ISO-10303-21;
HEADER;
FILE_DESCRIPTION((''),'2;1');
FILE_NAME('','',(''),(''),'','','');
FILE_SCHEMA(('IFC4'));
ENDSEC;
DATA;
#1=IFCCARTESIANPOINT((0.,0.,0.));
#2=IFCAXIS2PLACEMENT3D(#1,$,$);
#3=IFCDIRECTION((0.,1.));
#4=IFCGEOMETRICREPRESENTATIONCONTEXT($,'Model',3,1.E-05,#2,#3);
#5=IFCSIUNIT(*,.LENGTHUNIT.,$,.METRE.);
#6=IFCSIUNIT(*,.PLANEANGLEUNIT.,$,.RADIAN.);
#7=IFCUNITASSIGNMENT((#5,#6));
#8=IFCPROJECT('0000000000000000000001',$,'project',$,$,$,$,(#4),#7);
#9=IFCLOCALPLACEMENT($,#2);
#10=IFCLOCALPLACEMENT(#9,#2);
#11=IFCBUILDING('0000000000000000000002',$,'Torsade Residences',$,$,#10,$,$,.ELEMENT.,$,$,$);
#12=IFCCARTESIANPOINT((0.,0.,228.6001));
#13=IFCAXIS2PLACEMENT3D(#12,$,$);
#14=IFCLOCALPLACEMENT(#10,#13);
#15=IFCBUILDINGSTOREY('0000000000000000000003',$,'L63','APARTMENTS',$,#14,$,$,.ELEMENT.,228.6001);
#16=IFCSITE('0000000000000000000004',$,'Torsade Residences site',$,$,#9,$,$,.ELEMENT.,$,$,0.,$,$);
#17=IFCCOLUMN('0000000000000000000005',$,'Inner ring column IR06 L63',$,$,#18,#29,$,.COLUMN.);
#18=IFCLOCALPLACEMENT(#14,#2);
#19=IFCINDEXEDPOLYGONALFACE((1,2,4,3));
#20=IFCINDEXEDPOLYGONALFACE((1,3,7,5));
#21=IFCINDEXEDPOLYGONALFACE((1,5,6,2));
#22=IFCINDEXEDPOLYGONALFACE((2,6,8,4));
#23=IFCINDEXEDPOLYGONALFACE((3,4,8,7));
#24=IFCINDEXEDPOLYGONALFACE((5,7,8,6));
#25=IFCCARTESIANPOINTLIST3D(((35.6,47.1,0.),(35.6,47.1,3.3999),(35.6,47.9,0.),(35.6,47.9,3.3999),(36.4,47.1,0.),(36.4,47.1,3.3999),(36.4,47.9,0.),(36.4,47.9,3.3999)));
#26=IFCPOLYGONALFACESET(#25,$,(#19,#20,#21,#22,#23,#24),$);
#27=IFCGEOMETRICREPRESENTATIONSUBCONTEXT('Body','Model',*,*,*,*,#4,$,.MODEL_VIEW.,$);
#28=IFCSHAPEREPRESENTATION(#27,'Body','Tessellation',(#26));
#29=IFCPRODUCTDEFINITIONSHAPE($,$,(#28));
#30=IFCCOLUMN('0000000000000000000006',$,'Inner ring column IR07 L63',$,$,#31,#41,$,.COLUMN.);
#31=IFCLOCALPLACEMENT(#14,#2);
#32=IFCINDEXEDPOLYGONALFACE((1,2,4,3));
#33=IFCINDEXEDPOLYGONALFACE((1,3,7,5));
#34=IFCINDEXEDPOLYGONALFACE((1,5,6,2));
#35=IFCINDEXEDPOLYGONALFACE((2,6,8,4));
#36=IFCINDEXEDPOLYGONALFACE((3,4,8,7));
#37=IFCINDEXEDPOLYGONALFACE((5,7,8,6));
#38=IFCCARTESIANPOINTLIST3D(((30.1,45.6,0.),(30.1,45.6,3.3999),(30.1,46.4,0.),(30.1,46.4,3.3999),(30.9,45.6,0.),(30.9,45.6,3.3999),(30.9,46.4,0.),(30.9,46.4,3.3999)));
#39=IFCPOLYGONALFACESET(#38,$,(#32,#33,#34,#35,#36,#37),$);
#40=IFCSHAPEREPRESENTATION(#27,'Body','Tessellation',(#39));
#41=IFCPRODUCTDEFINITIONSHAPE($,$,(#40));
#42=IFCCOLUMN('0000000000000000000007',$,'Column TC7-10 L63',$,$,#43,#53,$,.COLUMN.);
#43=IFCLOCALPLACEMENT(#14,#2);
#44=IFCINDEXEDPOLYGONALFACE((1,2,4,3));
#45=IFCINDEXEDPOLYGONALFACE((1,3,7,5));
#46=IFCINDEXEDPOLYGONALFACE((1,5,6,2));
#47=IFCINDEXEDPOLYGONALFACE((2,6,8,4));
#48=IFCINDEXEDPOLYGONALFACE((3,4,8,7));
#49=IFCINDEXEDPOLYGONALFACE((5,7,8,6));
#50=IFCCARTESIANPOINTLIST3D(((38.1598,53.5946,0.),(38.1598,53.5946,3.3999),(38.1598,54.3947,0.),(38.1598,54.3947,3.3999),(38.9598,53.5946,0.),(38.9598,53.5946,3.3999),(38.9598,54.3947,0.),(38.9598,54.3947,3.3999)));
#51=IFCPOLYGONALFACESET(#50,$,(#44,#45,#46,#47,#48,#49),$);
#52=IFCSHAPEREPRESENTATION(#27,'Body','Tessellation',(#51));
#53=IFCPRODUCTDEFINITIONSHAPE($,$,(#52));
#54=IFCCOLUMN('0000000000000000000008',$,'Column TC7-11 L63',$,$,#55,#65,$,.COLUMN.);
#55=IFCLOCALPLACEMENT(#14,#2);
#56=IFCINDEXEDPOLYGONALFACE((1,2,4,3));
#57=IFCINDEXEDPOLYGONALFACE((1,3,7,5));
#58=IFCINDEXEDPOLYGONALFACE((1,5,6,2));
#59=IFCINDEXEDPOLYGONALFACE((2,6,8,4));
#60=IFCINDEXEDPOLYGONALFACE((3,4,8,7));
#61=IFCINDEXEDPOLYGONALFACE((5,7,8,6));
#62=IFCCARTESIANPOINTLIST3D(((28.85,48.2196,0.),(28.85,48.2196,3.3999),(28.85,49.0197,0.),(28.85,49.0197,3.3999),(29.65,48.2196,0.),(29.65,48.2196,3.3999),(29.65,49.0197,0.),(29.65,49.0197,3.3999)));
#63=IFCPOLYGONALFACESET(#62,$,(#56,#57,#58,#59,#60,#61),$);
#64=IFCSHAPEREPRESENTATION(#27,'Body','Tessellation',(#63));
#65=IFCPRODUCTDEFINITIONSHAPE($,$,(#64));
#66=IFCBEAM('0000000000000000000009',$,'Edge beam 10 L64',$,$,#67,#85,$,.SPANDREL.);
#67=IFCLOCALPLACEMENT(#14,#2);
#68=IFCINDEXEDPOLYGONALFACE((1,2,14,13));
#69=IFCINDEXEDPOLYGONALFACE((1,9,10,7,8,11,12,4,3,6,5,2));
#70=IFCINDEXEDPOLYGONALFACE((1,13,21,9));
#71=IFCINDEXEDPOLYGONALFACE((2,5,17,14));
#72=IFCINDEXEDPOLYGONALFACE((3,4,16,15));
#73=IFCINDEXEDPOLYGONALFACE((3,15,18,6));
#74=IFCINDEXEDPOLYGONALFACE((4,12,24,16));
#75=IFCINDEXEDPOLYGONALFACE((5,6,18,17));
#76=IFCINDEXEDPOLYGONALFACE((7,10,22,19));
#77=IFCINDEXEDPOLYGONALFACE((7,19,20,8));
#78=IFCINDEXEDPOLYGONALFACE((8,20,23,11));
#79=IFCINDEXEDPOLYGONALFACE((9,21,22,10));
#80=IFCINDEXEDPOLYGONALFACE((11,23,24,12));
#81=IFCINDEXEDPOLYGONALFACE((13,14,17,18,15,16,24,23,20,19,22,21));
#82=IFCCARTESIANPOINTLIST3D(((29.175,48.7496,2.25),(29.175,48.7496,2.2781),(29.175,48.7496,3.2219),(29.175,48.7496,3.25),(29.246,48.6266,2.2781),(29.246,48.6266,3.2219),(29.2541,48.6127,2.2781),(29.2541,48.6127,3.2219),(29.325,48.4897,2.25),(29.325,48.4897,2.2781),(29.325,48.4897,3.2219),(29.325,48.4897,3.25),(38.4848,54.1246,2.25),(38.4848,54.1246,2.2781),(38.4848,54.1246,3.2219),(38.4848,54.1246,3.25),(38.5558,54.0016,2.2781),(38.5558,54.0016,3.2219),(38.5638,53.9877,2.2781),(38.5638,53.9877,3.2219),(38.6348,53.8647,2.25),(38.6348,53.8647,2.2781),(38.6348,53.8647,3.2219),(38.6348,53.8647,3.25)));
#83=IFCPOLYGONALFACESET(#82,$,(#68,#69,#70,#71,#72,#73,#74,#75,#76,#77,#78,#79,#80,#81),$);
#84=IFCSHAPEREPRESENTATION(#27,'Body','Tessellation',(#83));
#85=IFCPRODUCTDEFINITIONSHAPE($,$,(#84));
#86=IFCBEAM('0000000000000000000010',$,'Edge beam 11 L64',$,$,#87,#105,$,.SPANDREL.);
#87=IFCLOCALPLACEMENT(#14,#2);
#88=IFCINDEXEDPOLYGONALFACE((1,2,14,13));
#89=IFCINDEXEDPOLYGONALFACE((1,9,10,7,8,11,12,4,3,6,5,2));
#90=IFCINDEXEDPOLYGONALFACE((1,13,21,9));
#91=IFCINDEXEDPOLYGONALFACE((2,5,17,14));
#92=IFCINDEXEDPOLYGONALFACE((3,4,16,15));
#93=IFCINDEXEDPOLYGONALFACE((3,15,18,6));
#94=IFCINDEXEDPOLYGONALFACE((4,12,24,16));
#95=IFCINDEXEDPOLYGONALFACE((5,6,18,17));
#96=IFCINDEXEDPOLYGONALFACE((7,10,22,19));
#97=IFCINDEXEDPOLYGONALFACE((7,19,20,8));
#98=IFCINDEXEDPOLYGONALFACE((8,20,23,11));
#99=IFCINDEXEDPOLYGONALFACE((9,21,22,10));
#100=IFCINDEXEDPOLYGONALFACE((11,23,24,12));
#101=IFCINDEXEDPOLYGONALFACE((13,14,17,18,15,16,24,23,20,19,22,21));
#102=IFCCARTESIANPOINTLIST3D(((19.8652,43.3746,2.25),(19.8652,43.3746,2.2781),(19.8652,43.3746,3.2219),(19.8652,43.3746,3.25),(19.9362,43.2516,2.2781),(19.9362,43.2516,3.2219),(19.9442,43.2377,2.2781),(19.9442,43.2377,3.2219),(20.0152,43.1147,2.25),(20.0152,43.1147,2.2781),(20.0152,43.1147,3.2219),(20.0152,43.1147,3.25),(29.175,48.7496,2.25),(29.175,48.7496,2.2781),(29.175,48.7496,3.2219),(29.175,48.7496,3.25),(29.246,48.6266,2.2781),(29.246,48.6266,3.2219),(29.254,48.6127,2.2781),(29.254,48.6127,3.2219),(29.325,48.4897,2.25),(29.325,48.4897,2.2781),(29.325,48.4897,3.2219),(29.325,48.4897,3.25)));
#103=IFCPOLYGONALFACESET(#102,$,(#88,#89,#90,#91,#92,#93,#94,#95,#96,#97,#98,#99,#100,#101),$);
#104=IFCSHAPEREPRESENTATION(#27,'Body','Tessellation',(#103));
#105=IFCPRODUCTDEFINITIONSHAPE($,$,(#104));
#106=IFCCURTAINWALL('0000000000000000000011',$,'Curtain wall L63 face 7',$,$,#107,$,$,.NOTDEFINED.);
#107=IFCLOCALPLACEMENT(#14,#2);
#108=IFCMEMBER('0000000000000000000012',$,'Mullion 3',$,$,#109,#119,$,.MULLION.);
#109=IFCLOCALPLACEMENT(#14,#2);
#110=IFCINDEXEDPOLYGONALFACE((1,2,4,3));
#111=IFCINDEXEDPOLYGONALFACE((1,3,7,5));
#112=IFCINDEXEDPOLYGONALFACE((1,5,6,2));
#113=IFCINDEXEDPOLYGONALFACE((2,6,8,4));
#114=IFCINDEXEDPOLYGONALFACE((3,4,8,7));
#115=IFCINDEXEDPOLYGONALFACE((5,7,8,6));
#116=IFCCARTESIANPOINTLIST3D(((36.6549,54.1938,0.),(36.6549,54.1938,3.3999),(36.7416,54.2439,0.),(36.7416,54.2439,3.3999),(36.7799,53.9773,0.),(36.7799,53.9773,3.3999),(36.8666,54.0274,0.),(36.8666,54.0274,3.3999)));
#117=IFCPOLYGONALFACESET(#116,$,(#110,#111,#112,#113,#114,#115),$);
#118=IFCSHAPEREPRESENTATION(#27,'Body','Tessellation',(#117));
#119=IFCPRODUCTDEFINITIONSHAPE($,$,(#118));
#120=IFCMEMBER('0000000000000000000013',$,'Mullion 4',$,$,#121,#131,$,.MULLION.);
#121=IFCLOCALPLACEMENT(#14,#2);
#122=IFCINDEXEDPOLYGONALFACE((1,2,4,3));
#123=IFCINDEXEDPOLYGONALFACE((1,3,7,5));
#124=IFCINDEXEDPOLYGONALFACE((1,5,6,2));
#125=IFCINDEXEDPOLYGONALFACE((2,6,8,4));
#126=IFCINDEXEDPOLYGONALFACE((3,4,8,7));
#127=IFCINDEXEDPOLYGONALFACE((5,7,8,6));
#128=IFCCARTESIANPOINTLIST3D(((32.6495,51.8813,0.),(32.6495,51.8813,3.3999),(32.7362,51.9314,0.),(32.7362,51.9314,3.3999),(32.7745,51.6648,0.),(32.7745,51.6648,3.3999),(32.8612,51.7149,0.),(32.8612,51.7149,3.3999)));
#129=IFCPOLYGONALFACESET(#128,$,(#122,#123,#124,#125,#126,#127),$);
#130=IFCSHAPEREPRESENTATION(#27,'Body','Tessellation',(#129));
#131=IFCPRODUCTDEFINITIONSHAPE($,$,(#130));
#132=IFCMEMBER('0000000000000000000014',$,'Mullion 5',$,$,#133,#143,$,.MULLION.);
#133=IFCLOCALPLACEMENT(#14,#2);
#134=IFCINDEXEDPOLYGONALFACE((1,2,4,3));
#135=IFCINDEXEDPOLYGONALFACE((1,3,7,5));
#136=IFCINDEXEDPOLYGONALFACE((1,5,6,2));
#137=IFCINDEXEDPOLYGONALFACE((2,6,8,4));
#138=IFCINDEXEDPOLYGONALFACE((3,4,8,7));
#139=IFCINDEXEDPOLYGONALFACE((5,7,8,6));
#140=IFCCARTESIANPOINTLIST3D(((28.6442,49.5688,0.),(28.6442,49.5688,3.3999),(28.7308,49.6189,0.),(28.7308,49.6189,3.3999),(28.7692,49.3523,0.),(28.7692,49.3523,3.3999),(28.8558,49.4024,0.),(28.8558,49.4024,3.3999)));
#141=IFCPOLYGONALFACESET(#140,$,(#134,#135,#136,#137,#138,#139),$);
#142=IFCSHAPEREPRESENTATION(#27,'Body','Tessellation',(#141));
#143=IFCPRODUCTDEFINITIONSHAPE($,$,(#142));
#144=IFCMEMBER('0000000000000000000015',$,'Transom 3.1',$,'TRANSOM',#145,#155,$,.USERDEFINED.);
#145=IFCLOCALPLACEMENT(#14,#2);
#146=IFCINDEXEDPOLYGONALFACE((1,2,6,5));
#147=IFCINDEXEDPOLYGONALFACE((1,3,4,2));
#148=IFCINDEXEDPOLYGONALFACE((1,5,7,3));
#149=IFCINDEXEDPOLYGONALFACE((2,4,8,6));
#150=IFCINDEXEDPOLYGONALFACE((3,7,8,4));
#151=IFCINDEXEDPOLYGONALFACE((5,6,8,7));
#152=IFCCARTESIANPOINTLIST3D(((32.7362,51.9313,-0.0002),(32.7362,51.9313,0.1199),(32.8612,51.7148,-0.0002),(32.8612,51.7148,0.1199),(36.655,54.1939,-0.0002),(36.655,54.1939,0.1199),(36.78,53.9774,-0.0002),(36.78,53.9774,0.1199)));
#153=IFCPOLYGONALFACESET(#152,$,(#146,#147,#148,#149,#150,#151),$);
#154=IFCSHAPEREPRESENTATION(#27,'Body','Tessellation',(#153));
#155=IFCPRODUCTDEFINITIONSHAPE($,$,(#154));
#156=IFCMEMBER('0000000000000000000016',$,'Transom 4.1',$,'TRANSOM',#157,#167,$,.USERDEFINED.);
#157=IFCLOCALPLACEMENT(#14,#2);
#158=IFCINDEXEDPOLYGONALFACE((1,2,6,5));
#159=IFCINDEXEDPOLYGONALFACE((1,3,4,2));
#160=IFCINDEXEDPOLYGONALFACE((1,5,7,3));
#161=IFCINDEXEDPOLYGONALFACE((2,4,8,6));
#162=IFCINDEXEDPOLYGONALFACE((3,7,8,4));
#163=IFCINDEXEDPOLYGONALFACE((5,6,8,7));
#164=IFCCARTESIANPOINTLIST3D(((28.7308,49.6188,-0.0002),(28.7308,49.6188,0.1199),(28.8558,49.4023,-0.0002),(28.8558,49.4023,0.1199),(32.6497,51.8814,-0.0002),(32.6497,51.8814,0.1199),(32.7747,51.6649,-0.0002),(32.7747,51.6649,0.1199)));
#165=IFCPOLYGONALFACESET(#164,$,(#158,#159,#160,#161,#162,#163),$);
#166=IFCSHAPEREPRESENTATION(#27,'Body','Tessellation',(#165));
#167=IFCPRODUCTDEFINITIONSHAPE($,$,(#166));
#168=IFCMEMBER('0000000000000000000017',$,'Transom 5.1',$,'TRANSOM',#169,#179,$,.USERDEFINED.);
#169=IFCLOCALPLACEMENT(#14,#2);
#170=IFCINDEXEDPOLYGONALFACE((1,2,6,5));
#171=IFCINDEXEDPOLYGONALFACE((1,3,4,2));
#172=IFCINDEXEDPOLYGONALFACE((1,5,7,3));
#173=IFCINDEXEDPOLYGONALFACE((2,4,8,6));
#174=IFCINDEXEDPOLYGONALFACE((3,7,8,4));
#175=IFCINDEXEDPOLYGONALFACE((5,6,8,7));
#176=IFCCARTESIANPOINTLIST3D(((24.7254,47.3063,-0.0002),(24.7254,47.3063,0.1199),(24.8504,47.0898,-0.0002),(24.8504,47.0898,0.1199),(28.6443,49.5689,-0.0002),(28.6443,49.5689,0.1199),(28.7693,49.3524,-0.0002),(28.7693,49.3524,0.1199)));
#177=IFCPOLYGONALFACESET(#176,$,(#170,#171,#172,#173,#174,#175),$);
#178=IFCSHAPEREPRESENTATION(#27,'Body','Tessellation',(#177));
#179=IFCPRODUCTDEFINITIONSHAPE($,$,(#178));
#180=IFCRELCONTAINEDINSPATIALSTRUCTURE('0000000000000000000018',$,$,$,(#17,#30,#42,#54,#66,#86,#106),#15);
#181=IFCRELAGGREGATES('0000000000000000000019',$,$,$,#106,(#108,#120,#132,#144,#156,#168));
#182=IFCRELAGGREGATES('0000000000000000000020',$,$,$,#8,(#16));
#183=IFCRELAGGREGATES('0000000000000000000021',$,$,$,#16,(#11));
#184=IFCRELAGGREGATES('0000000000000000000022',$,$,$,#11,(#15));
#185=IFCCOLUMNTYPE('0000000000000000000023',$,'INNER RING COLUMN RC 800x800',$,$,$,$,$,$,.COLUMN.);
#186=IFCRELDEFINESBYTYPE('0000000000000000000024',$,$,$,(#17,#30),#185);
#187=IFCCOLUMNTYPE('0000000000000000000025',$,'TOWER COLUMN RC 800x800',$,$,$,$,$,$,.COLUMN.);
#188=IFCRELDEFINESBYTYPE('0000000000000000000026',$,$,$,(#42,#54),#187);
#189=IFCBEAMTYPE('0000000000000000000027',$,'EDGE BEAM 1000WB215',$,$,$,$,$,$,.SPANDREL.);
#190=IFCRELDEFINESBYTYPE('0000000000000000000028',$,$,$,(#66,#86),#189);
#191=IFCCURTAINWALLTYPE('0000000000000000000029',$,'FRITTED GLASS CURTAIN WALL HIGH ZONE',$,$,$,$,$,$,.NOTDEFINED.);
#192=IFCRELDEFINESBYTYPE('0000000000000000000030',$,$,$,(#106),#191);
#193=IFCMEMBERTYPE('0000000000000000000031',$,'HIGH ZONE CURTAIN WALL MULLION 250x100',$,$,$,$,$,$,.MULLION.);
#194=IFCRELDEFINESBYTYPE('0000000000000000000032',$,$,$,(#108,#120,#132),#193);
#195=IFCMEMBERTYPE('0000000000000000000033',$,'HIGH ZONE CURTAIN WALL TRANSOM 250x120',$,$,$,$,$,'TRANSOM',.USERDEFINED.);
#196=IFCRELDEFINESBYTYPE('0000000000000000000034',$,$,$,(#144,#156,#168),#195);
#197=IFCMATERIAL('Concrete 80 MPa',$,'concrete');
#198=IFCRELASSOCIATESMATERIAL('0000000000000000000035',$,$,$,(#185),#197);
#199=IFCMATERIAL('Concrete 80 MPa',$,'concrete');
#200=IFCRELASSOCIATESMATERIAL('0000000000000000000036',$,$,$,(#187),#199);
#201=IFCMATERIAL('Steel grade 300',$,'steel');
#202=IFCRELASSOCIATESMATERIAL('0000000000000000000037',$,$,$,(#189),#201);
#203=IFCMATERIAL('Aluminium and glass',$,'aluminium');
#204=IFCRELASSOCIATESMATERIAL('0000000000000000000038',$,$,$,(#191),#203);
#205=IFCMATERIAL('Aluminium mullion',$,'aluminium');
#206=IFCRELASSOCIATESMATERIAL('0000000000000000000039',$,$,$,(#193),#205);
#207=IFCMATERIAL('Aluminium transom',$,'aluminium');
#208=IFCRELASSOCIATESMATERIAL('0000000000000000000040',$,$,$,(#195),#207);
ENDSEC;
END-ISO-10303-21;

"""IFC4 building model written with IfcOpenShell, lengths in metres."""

from ifc_helpers import new_model, si_unit, direction, frame, origin, origin_2d, place, context, subcontext, project, spatial, rectangle, i_section, extrude, material, material_profile, profile_set, type_object, element, aggregate, save


model = new_model("IFC4")

# Units and contexts
model_context = context("Model", 3, precision=1e-05, world=origin(), true_north=direction((0.0, 1.0)))
body_context = subcontext(model_context, "Body", "Model", "MODEL_VIEW")
ifc_project = project(units=[si_unit("LENGTHUNIT", "METRE"), si_unit("PLANEANGLEUNIT", "RADIAN")], contexts=[model_context])

# Site, building, storey
site_placement = place(None, origin())
site = spatial("IfcSite", under=ifc_project, at=site_placement, Name="Torsade Residences site", CompositionType="ELEMENT", RefElevation=0.0)
building_placement = place(site_placement, origin())
building = spatial("IfcBuilding", under=site, at=building_placement, Name="Torsade Residences", CompositionType="ELEMENT")
storey_placement = place(building_placement, frame((0.0, 0.0, 228.6001)))
storey = spatial("IfcBuildingStorey", under=building, at=storey_placement, Name="L63", Description="APARTMENTS", CompositionType="ELEMENT", Elevation=228.6001)

# Columns
ifc_material_1 = material(Name="Concrete 80 MPa", Category="concrete")
ifc_material_profile_1 = material_profile(ifc_material_1, rectangle(XDim=0.8, YDim=0.8, at=origin_2d()), Name="RC 800x800")
ifc_profile_set_1 = profile_set([ifc_material_profile_1], Name="Concrete 80 MPa")
column_type_1 = type_object("IfcColumnType", Name="INNER RING COLUMN RC 800x800", PredefinedType="COLUMN", material=ifc_profile_set_1)
for number, where, z_axis, x_axis, name in (
    (1, (36.0, 47.5, 0.0), (0.0, 0.0, 1.0), (1.0, 0.0, 0.0), "Inner ring column IR06 L63"),
    (2, (30.5, 46.0, 0.0), (0.0, 0.0, 1.0), (1.0, 0.0, 0.0), "Inner ring column IR07 L63"),
):
    element("IfcColumn", number, at=place(storey_placement, frame(where, z_axis=z_axis, x_axis=x_axis)), inside=storey, type_object=column_type_1, Name=name, PredefinedType="COLUMN", context=body_context, shape_type="SweptSolid", body=[
        extrude(rectangle(XDim=0.8, YDim=0.8, at=origin_2d()), origin(), (0.0, 0.0, 1.0), 3.3999),
    ])
ifc_material_2 = material(Name="Concrete 80 MPa", Category="concrete")
ifc_material_profile_2 = material_profile(ifc_material_2, rectangle(XDim=0.8, YDim=0.8, at=origin_2d()), Name="RC 800x800")
ifc_profile_set_2 = profile_set([ifc_material_profile_2], Name="Concrete 80 MPa")
column_type_2 = type_object("IfcColumnType", Name="TOWER COLUMN RC 800x800", PredefinedType="COLUMN", material=ifc_profile_set_2)
for number, where, z_axis, x_axis, name in (
    (3, (38.5598, 53.9946, 0.0), (0.0, 0.0, 1.0), (1.0, 0.0, 0.0), "Column TC7-10 L63"),
    (4, (29.25, 48.6196, 0.0), (0.0, 0.0, 1.0), (1.0, 0.0, 0.0), "Column TC7-11 L63"),
):
    element("IfcColumn", number, at=place(storey_placement, frame(where, z_axis=z_axis, x_axis=x_axis)), inside=storey, type_object=column_type_2, Name=name, PredefinedType="COLUMN", context=body_context, shape_type="SweptSolid", body=[
        extrude(rectangle(XDim=0.8, YDim=0.8, at=origin_2d()), origin(), (0.0, 0.0, 1.0), 3.3999),
    ])

# Beams
ifc_material_3 = material(Name="Steel grade 300", Category="steel")
ifc_material_profile_3 = material_profile(ifc_material_3, i_section(OverallWidth=0.3, OverallDepth=1.0, WebThickness=0.0161, FlangeThickness=0.0281, at=origin_2d()), Name="1000WB215")
ifc_profile_set_3 = profile_set([ifc_material_profile_3], Name="Steel grade 300")
beam_type_1 = type_object("IfcBeamType", Name="EDGE BEAM 1000WB215", PredefinedType="SPANDREL", material=ifc_profile_set_3)
for number, where, z_axis, x_axis, name in (
    (5, (38.5598, 53.9946, 2.75), (-0.866026, -0.499998, 0.0), (0.499998, -0.866026, 0.0), "Edge beam 10 L64"),
    (6, (29.25, 48.6196, 2.75), (-0.866026, -0.499998, 0.0), (0.499998, -0.866026, 0.0), "Edge beam 11 L64"),
):
    element("IfcBeam", number, at=place(storey_placement, frame(where, z_axis=z_axis, x_axis=x_axis)), inside=storey, type_object=beam_type_1, Name=name, PredefinedType="SPANDREL", context=body_context, shape_type="SweptSolid", body=[
        extrude(i_section(OverallWidth=0.3, OverallDepth=1.0, WebThickness=0.0161, FlangeThickness=0.0281, at=origin_2d()), origin(), (0.0, 0.0, 1.0), 10.75),
    ])

# Curtain wall, members
ifc_material_4 = material(Name="Aluminium and glass", Category="aluminium")
curtain_wall_type = type_object("IfcCurtainWallType", Name="FRITTED GLASS CURTAIN WALL HIGH ZONE", PredefinedType="NOTDEFINED", material=ifc_material_4)
curtain_wall_placement = place(storey_placement, origin())
curtain_wall = element("IfcCurtainWall", 7, at=curtain_wall_placement, inside=storey, type_object=curtain_wall_type, Name="Curtain wall L63 face 7", PredefinedType="NOTDEFINED")
ifc_material_5 = material(Name="Aluminium mullion", Category="aluminium")
ifc_material_profile_4 = material_profile(ifc_material_5, rectangle(XDim=0.25, YDim=0.1001, at=origin_2d()), Name="HIGH ZONE CURTAIN WALL MULLION 250x100")
ifc_profile_set_4 = profile_set([ifc_material_profile_4], Name="Aluminium mullion")
member_type_1 = type_object("IfcMemberType", Name="HIGH ZONE CURTAIN WALL MULLION 250x100", PredefinedType="MULLION", material=ifc_profile_set_4)
member_1_placement = place(storey_placement, frame((36.7607, 54.1106, 0.0), z_axis=(0.0, 0.0, 1.0), x_axis=(0.5, -0.866025, 0.0)))
member_1 = element("IfcMember", 8, at=member_1_placement, type_object=member_type_1, Name="Mullion 3", PredefinedType="MULLION", context=body_context, shape_type="SweptSolid", body=[
    extrude(rectangle(XDim=0.25, YDim=0.1001, at=origin_2d()), origin(), (0.0, 0.0, 1.0), 3.3999),
])
member_2_placement = place(storey_placement, frame((32.7554, 51.7981, 0.0), z_axis=(0.0, 0.0, 1.0), x_axis=(0.5, -0.866025, 0.0)))
member_2 = element("IfcMember", 9, at=member_2_placement, type_object=member_type_1, Name="Mullion 4", PredefinedType="MULLION", context=body_context, shape_type="SweptSolid", body=[
    extrude(rectangle(XDim=0.25, YDim=0.1001, at=origin_2d()), origin(), (0.0, 0.0, 1.0), 3.3999),
])
member_3_placement = place(storey_placement, frame((28.75, 49.4856, 0.0), z_axis=(0.0, 0.0, 1.0), x_axis=(0.5, -0.866025, 0.0)))
member_3 = element("IfcMember", 10, at=member_3_placement, type_object=member_type_1, Name="Mullion 5", PredefinedType="MULLION", context=body_context, shape_type="SweptSolid", body=[
    extrude(rectangle(XDim=0.25, YDim=0.1001, at=origin_2d()), origin(), (0.0, 0.0, 1.0), 3.3999),
])
ifc_material_6 = material(Name="Aluminium transom", Category="aluminium")
ifc_material_profile_5 = material_profile(ifc_material_6, rectangle(XDim=0.25, YDim=0.1201, at=origin_2d()), Name="HIGH ZONE CURTAIN WALL TRANSOM 250x120")
ifc_profile_set_5 = profile_set([ifc_material_profile_5], Name="Aluminium transom")
member_type_2 = type_object("IfcMemberType", Name="HIGH ZONE CURTAIN WALL TRANSOM 250x120", ElementType="TRANSOM", PredefinedType="USERDEFINED", material=ifc_profile_set_5)
member_4_placement = place(storey_placement, frame((36.7175, 54.0857, 0.0598), z_axis=(-0.866017, -0.500015, 0.0), x_axis=(0.500015, -0.866017, 0.0)))
member_4 = element("IfcMember", 11, at=member_4_placement, type_object=member_type_2, Name="Transom 3.1", ObjectType="TRANSOM", PredefinedType="USERDEFINED", context=body_context, shape_type="SweptSolid", body=[
    extrude(rectangle(XDim=0.25, YDim=0.1201, at=origin_2d()), origin(), (0.0, 0.0, 1.0), 4.5251),
])
member_5_placement = place(storey_placement, frame((32.7122, 51.7732, 0.0598), z_axis=(-0.866017, -0.500015, 0.0), x_axis=(0.500015, -0.866017, 0.0)))
member_5 = element("IfcMember", 12, at=member_5_placement, type_object=member_type_2, Name="Transom 4.1", ObjectType="TRANSOM", PredefinedType="USERDEFINED", context=body_context, shape_type="SweptSolid", body=[
    extrude(rectangle(XDim=0.25, YDim=0.1201, at=origin_2d()), origin(), (0.0, 0.0, 1.0), 4.5251),
])
member_6_placement = place(storey_placement, frame((28.7068, 49.4607, 0.0598), z_axis=(-0.866017, -0.500015, 0.0), x_axis=(0.500015, -0.866017, 0.0)))
member_6 = element("IfcMember", 13, at=member_6_placement, type_object=member_type_2, Name="Transom 5.1", ObjectType="TRANSOM", PredefinedType="USERDEFINED", context=body_context, shape_type="SweptSolid", body=[
    extrude(rectangle(XDim=0.25, YDim=0.1201, at=origin_2d()), origin(), (0.0, 0.0, 1.0), 4.5251),
])

aggregate(curtain_wall, [member_1, member_2, member_3, member_4, member_5, member_6])

save(model, "model.ifc")
